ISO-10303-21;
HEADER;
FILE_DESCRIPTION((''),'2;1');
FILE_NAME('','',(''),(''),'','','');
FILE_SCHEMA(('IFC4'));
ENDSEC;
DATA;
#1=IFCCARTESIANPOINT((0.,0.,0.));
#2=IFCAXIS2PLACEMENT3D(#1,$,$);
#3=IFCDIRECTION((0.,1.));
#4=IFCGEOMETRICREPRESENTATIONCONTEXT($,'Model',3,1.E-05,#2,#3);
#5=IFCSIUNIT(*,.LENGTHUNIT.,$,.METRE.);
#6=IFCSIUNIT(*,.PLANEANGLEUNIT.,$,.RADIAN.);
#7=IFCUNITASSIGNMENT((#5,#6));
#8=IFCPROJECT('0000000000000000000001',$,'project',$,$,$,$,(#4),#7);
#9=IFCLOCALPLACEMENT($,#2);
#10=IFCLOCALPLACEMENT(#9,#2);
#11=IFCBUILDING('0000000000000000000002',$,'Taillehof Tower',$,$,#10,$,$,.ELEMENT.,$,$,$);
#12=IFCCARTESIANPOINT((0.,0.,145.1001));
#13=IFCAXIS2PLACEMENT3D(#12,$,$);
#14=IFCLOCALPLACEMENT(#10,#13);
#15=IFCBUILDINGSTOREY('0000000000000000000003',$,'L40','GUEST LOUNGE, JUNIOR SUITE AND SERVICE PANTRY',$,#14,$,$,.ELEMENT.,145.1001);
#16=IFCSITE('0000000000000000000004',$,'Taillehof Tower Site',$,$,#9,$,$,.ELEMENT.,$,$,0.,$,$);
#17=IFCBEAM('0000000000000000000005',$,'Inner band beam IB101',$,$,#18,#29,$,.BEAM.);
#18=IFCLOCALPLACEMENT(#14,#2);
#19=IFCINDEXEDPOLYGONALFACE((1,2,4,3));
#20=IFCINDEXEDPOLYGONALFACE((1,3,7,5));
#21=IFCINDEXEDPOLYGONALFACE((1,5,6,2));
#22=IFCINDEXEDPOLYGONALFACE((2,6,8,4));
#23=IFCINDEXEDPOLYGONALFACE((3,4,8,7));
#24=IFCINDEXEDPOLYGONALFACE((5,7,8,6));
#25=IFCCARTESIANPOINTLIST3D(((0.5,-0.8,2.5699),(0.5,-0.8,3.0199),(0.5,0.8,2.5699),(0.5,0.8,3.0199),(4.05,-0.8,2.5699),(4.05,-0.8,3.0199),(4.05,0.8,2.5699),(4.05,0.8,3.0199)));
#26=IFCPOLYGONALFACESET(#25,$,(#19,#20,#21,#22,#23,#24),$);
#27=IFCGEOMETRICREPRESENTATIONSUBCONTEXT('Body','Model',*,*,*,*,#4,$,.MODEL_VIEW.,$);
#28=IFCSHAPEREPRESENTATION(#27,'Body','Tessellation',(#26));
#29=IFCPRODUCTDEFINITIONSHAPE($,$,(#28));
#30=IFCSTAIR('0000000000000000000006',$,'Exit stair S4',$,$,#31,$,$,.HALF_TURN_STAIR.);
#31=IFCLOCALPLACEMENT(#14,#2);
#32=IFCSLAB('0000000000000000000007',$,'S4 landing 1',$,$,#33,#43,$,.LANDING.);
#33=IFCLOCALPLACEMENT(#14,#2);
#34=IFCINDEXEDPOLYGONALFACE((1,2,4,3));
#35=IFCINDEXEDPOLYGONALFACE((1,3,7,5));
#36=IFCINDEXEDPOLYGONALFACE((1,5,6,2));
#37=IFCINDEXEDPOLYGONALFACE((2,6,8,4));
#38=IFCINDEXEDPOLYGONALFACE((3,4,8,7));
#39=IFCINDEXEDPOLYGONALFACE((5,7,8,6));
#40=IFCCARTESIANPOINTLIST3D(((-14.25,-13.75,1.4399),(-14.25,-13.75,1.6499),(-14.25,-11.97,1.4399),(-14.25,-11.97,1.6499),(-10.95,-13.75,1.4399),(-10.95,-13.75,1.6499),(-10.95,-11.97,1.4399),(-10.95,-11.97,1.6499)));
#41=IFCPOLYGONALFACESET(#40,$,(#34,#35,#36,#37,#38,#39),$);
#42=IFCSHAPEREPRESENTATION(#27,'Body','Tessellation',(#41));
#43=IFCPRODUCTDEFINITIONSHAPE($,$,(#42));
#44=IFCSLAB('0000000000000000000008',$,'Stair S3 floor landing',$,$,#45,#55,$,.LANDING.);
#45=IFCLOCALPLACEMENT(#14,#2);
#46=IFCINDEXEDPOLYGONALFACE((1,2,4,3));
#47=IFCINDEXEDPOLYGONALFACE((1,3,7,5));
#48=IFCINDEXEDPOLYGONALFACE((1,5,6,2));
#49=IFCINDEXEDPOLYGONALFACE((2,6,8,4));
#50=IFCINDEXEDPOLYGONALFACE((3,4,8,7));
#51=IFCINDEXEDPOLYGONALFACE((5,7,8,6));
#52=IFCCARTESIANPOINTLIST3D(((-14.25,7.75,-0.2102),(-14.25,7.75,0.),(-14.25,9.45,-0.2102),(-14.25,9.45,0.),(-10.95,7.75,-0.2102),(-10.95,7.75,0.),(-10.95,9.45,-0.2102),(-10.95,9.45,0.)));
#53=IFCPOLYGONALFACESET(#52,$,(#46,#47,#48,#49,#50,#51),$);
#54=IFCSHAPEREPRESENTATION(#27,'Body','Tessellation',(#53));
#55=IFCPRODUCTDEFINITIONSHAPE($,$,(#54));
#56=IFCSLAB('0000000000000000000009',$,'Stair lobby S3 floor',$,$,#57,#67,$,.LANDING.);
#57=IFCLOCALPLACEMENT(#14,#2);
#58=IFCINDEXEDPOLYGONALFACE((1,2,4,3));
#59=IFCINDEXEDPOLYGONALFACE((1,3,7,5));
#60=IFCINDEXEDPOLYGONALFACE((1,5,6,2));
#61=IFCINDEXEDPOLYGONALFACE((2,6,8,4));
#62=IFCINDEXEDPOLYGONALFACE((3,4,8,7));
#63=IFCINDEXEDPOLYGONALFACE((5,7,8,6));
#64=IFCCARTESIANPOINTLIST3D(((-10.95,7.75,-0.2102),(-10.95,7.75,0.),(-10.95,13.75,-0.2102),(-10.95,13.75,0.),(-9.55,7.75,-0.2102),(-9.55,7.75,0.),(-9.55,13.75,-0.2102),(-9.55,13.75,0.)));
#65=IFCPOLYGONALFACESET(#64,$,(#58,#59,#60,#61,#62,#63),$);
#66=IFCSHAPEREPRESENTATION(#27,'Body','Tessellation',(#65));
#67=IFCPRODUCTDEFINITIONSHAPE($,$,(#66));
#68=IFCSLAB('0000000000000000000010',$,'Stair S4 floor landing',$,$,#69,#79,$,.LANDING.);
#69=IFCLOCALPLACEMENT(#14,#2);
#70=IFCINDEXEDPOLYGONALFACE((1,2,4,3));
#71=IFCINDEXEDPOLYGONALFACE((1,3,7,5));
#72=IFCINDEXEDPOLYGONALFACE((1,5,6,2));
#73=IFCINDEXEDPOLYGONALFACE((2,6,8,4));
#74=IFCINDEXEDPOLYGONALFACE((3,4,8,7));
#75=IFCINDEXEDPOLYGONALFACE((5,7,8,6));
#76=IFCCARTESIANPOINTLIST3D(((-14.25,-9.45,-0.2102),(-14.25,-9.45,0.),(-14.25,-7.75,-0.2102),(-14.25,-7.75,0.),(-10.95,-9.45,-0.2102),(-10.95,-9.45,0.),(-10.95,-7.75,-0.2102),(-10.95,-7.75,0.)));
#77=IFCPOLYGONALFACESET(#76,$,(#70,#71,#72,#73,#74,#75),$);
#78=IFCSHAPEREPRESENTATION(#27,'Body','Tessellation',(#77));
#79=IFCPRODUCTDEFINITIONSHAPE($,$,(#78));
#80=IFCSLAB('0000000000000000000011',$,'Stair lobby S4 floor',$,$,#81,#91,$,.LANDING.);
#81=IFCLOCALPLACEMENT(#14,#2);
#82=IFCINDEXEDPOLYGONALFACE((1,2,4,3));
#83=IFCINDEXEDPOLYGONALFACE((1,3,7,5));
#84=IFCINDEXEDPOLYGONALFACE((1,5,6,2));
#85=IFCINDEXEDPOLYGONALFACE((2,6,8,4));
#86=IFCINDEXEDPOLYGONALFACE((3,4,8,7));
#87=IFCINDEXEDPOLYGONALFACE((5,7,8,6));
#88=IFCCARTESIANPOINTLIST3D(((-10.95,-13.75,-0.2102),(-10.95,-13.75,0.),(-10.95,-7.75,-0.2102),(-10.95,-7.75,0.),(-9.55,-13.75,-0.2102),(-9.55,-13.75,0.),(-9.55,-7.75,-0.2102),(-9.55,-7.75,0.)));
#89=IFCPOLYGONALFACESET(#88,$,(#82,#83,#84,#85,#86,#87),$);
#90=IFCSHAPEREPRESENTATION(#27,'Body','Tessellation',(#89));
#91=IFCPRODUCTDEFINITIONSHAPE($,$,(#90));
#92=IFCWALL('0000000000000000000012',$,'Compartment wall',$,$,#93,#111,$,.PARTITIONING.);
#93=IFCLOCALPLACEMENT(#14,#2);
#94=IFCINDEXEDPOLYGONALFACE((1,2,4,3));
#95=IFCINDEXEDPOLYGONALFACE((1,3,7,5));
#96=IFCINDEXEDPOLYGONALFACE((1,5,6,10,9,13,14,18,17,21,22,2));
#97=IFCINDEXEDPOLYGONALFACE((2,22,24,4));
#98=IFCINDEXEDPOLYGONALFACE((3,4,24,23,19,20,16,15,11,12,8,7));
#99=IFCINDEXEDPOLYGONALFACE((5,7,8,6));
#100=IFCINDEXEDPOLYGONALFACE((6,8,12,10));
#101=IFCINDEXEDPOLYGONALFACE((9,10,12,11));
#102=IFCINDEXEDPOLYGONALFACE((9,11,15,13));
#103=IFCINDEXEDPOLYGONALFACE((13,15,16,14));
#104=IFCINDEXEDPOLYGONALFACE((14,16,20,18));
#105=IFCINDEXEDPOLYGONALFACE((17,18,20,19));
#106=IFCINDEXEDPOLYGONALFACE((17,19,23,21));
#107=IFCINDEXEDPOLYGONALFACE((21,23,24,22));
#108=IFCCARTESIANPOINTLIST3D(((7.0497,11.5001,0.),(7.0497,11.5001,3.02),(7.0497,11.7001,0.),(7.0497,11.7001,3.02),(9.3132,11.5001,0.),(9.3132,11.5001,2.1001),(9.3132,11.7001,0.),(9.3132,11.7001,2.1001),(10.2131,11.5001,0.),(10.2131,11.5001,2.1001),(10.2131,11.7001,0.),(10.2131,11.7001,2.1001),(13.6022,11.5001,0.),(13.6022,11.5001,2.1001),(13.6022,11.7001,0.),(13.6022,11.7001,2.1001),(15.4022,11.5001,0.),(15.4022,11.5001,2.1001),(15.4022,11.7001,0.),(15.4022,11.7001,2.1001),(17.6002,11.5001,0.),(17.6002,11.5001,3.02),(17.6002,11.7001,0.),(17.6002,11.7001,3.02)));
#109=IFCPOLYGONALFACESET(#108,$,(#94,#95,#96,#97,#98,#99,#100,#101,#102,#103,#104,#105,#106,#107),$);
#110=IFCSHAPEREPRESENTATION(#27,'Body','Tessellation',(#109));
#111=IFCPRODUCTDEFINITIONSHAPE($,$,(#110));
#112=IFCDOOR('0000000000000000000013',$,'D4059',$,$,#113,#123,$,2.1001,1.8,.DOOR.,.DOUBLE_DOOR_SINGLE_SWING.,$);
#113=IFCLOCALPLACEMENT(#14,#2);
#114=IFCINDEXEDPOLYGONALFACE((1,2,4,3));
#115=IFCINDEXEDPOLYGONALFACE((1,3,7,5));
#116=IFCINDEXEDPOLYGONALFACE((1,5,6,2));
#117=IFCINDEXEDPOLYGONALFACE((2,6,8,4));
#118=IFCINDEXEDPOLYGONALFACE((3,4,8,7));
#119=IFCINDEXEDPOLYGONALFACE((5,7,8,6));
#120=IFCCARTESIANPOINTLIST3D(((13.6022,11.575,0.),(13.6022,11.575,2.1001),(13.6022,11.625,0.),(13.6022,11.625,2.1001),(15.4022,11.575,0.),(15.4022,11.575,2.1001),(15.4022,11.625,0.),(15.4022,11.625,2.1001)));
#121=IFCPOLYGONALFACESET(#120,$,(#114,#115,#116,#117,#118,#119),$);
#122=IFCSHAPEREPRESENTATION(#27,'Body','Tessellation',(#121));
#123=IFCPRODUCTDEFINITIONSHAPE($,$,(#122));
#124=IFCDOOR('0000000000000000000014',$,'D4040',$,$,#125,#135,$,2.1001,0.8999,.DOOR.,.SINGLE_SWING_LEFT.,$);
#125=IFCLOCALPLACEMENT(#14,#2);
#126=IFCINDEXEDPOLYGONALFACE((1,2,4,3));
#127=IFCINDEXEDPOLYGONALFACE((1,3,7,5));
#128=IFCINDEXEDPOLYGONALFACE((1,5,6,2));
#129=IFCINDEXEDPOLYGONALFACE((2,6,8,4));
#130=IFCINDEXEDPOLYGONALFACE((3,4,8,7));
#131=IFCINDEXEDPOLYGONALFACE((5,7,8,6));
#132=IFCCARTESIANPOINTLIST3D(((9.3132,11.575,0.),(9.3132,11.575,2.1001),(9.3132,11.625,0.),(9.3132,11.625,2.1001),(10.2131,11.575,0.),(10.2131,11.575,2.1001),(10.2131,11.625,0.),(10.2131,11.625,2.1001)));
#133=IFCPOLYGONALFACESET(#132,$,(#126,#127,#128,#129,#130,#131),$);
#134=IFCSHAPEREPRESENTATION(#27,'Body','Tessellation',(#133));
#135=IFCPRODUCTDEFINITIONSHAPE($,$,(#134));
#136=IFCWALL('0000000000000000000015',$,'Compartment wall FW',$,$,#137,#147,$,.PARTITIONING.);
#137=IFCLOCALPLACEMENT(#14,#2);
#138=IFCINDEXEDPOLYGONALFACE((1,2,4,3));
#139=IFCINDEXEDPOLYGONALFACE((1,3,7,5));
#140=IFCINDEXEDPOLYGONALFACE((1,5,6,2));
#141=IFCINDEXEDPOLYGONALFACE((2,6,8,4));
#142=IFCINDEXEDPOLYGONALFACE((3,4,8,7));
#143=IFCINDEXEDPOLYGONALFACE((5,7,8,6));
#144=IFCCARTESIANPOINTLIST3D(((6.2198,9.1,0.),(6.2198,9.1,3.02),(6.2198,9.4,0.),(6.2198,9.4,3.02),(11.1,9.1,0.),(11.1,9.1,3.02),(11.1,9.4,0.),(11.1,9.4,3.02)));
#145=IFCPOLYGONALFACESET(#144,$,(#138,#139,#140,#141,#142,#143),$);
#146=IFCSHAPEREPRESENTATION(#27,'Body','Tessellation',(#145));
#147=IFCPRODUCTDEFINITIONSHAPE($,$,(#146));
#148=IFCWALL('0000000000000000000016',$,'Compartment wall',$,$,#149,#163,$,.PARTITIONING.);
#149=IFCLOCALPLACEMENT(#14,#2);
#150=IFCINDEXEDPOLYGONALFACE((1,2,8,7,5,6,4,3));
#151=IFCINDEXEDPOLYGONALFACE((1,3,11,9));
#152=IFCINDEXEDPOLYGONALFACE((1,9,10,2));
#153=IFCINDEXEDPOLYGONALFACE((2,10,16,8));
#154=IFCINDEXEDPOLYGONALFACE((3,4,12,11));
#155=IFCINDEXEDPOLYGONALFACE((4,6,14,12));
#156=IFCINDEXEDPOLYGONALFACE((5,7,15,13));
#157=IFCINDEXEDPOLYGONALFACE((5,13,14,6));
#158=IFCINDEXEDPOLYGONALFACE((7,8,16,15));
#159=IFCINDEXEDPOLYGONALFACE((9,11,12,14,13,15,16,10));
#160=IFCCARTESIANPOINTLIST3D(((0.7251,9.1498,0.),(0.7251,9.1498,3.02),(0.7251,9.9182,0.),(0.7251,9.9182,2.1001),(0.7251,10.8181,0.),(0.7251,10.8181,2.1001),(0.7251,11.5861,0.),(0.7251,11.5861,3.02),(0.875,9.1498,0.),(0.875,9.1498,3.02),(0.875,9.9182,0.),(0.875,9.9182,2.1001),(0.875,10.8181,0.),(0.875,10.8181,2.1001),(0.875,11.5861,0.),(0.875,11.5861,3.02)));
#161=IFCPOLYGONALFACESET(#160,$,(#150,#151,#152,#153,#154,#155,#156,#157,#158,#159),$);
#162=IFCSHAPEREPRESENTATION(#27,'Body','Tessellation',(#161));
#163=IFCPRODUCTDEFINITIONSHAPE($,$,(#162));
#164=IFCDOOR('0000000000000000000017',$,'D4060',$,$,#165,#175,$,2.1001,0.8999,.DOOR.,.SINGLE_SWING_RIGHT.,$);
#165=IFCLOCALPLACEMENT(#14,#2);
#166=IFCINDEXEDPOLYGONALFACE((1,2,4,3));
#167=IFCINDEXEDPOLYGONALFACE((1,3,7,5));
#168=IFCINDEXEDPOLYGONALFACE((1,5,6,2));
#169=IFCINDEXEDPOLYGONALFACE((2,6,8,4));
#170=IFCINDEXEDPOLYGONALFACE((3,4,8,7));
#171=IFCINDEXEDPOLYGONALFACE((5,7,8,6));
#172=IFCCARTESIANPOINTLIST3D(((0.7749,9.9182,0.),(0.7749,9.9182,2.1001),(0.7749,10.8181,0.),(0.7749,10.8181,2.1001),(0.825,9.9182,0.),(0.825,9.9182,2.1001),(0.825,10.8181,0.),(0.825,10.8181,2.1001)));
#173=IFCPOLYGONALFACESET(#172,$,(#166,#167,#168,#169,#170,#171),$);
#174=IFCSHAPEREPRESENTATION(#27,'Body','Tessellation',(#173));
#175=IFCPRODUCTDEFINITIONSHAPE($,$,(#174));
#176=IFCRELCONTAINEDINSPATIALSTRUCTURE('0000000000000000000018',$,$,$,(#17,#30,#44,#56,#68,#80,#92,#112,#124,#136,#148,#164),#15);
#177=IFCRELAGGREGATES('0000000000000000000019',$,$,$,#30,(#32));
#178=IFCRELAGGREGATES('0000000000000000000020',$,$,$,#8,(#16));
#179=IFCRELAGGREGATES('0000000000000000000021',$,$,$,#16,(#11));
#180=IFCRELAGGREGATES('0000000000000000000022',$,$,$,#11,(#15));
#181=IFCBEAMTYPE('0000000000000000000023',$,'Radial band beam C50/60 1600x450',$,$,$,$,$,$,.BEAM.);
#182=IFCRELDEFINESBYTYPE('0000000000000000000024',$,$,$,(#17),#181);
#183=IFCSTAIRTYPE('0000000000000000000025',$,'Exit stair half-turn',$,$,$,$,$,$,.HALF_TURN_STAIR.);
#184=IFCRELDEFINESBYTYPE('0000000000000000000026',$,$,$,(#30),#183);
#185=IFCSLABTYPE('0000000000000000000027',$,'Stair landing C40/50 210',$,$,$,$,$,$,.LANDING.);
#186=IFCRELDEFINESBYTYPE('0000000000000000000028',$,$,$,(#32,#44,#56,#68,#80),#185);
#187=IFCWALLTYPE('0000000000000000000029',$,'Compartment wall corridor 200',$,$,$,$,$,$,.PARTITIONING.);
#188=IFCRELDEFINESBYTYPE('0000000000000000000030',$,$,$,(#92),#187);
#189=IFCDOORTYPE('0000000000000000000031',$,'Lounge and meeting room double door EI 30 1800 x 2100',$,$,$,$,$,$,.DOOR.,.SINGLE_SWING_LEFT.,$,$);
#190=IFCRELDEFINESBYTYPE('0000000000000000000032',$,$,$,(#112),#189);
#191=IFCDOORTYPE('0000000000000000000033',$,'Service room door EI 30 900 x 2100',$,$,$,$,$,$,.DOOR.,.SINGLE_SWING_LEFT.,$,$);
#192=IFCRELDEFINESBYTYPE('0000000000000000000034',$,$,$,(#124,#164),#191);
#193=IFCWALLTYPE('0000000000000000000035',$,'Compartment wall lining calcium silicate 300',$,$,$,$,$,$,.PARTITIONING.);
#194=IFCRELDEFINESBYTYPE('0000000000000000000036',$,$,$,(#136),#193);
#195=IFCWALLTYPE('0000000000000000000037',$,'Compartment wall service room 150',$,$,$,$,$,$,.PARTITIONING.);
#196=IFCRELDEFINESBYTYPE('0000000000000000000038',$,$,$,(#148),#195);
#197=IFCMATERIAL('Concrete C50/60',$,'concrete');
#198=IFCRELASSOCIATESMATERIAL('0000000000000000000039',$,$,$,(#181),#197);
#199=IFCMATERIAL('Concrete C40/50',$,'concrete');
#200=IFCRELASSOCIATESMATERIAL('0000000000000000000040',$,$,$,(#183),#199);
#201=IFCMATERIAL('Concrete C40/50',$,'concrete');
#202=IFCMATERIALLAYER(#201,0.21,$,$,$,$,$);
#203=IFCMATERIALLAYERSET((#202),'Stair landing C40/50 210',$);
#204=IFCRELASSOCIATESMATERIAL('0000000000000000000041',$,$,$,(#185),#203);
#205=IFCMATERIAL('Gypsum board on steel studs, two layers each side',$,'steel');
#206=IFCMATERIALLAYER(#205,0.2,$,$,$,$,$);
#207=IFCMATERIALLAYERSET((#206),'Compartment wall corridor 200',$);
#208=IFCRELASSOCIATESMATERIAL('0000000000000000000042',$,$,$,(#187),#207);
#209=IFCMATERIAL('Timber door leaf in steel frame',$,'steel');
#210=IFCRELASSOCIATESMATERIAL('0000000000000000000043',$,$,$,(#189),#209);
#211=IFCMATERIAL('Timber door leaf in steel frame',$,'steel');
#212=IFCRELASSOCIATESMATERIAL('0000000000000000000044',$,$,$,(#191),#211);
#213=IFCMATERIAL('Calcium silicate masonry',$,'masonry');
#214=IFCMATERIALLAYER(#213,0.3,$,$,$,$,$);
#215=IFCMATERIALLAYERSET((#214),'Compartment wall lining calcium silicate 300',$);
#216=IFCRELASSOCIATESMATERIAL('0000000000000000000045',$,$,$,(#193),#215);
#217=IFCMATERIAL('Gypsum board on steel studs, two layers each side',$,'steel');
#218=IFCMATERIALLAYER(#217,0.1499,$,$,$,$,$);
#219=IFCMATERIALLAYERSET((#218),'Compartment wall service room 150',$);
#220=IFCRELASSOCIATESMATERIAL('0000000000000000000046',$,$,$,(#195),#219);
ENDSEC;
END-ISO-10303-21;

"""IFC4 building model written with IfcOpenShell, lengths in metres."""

from ifc_helpers import new_model, si_unit, direction, frame, frame_2d, origin, origin_2d, place, context, subcontext, project, spatial, polyline, rectangle, outline, extrude, material, layer, layer_set, material_profile, profile_set, type_object, element, fill, aggregate, save


model = new_model("IFC4")

# Units and contexts
model_context = context("Model", 3, precision=1e-05, world=origin(), true_north=direction((0.0, 1.0)))
body_context = subcontext(model_context, "Body", "Model", "MODEL_VIEW")
ifc_project = project(units=[si_unit("LENGTHUNIT", "METRE"), si_unit("PLANEANGLEUNIT", "RADIAN")], contexts=[model_context])

# Site, building, storey
site_placement = place(None, origin())
site = spatial("IfcSite", under=ifc_project, at=site_placement, Name="Taillehof Tower Site", CompositionType="ELEMENT", RefElevation=0.0)
building_placement = place(site_placement, origin())
building = spatial("IfcBuilding", under=site, at=building_placement, Name="Taillehof Tower", CompositionType="ELEMENT")
storey_placement = place(building_placement, frame((0.0, 0.0, 145.1001)))
storey = spatial("IfcBuildingStorey", under=building, at=storey_placement, Name="L40", Description="GUEST LOUNGE, JUNIOR SUITE AND SERVICE PANTRY", CompositionType="ELEMENT", Elevation=145.1001)

# Beam
ifc_material_1 = material(Name="Concrete C50/60", Category="concrete")
ifc_material_profile = material_profile(ifc_material_1, rectangle(XDim=1.6001, YDim=0.45, at=origin_2d()), Name="RC 1600x450")
ifc_profile_set = profile_set([ifc_material_profile], Name="Concrete C50/60")
beam_type = type_object("IfcBeamType", Name="Radial band beam C50/60 1600x450", PredefinedType="BEAM", material=ifc_profile_set)
beam_placement = place(storey_placement, frame((0.5, 0.0, 2.7949), z_axis=(1.0, 0.0, 0.0), x_axis=(0.0, 1.0, 0.0)))
element("IfcBeam", 1, at=beam_placement, inside=storey, type_object=beam_type, Name="Inner band beam IB101", PredefinedType="BEAM", context=body_context, shape_type="SweptSolid", body=[
    extrude(rectangle(XDim=1.6001, YDim=0.45, at=origin_2d()), origin(), (0.0, 0.0, 1.0), 3.55),
])

# Stair, slab
ifc_material_2 = material(Name="Concrete C40/50", Category="concrete")
stair_type = type_object("IfcStairType", Name="Exit stair half-turn", PredefinedType="HALF_TURN_STAIR", material=ifc_material_2)
stair_1_placement = place(storey_placement, origin())
stair_1 = element("IfcStair", 2, at=stair_1_placement, inside=storey, type_object=stair_type, Name="Exit stair S4", PredefinedType="HALF_TURN_STAIR")
ifc_material_3 = material(Name="Concrete C40/50", Category="concrete")
ifc_layer_1 = layer(ifc_material_3, 0.21)
ifc_layer_set_1 = layer_set([ifc_layer_1], Name="Stair landing C40/50 210")
slab_type = type_object("IfcSlabType", Name="Stair landing C40/50 210", PredefinedType="LANDING", material=ifc_layer_set_1)
slab_1_placement = place(storey_placement, frame((0.0, 0.0, 1.4399)))
slab_1 = element("IfcSlab", 3, at=slab_1_placement, type_object=slab_type, Name="S4 landing 1", PredefinedType="LANDING", context=body_context, shape_type="SweptSolid", body=[
    extrude(outline(polyline([(-14.25, -11.97), (-14.25, -13.75), (-10.95, -13.75), (-10.95, -11.97), (-14.25, -11.97)])), origin(), (0.0, 0.0, 1.0), 0.21),
])
aggregate(stair_1, [slab_1])

# Slabs
slab_2_placement = place(storey_placement, frame((0.0, 0.0, -0.2102)))
element("IfcSlab", 4, at=slab_2_placement, inside=storey, type_object=slab_type, Name="Stair S3 floor landing", PredefinedType="LANDING", context=body_context, shape_type="SweptSolid", body=[
    extrude(outline(polyline([(-14.25, 7.75), (-14.25, 9.45), (-10.95, 9.45), (-10.95, 7.75), (-14.25, 7.75)])), origin(), (0.0, 0.0, 1.0), 0.2102),
])
slab_3_placement = place(storey_placement, frame((0.0, 0.0, -0.2102)))
element("IfcSlab", 5, at=slab_3_placement, inside=storey, type_object=slab_type, Name="Stair lobby S3 floor", PredefinedType="LANDING", context=body_context, shape_type="SweptSolid", body=[
    extrude(outline(polyline([(-10.95, 7.75), (-9.55, 7.75), (-9.55, 13.75), (-10.95, 13.75), (-10.95, 7.75)])), origin(), (0.0, 0.0, 1.0), 0.2102),
])
slab_4_placement = place(storey_placement, frame((0.0, 0.0, -0.2102)))
element("IfcSlab", 6, at=slab_4_placement, inside=storey, type_object=slab_type, Name="Stair S4 floor landing", PredefinedType="LANDING", context=body_context, shape_type="SweptSolid", body=[
    extrude(outline(polyline([(-14.25, -7.75), (-14.25, -9.45), (-10.95, -9.45), (-10.95, -7.75), (-14.25, -7.75)])), origin(), (0.0, 0.0, 1.0), 0.2102),
])
slab_5_placement = place(storey_placement, frame((0.0, 0.0, -0.2102)))
element("IfcSlab", 7, at=slab_5_placement, inside=storey, type_object=slab_type, Name="Stair lobby S4 floor", PredefinedType="LANDING", context=body_context, shape_type="SweptSolid", body=[
    extrude(outline(polyline([(-10.95, -13.75), (-9.55, -13.75), (-9.55, -7.75), (-10.95, -7.75), (-10.95, -13.75)])), origin(), (0.0, 0.0, 1.0), 0.2102),
])

# Wall, openings, doors
ifc_material_4 = material(Name="Gypsum board on steel studs, two layers each side", Category="steel")
ifc_layer_2 = layer(ifc_material_4, 0.2)
ifc_layer_set_2 = layer_set([ifc_layer_2], Name="Compartment wall corridor 200")
wall_type_1 = type_object("IfcWallType", Name="Compartment wall corridor 200", PredefinedType="PARTITIONING", material=ifc_layer_set_2)
wall_1_placement = place(storey_placement, frame((7.0496, 11.6001, 0.0), z_axis=(0.0, 0.0, 1.0), x_axis=(1.0, 0.0, 0.0)))
wall_1 = element("IfcWall", 8, at=wall_1_placement, inside=storey, type_object=wall_type_1, Name="Compartment wall", PredefinedType="PARTITIONING", context=body_context, shape_type="SweptSolid", body=[
    extrude(rectangle(XDim=10.5505, YDim=0.2, at=frame_2d((5.2754, 0.0))), origin(), (0.0, 0.0, 1.0), 3.02),
])
opening_1_placement = place(wall_1_placement, frame((2.2637, 0.0, 0.0)))
opening_1 = element("IfcOpeningElement", 9, at=opening_1_placement, cuts=wall_1, PredefinedType="OPENING", context=body_context, shape_type="SweptSolid", body=[
    extrude(rectangle(XDim=0.8999, YDim=2.1001, at=frame_2d((0.45, 1.05))), frame((0.0, 0.1099, 0.0), z_axis=(0.0, -1.0, 0.0), x_axis=(1.0, 0.0, 0.0)), (0.0, 0.0, 1.0), 0.22),
])
opening_2_placement = place(wall_1_placement, frame((6.5527, 0.0, 0.0)))
opening_2 = element("IfcOpeningElement", 10, at=opening_2_placement, cuts=wall_1, PredefinedType="OPENING", context=body_context, shape_type="SweptSolid", body=[
    extrude(rectangle(XDim=1.8, YDim=2.1001, at=frame_2d((0.8999, 1.05))), frame((0.0, 0.1099, 0.0), z_axis=(0.0, -1.0, 0.0), x_axis=(1.0, 0.0, 0.0)), (0.0, 0.0, 1.0), 0.22),
])
ifc_material_5 = material(Name="Timber door leaf in steel frame", Category="steel")
door_type_1 = type_object("IfcDoorType", Name="Lounge and meeting room double door EI 30 1800 x 2100", OperationType="SINGLE_SWING_LEFT", PredefinedType="DOOR", material=ifc_material_5)
door_1_placement = place(opening_2_placement, origin())
door_1 = element("IfcDoor", 11, at=door_1_placement, inside=storey, type_object=door_type_1, Name="D4059", OperationType="DOUBLE_DOOR_SINGLE_SWING", OverallHeight=2.1001, OverallWidth=1.8, PredefinedType="DOOR", context=body_context, shape_type="SweptSolid", body=[
    extrude(rectangle(XDim=1.8, YDim=2.1001, at=frame_2d((0.8999, 1.05))), frame((0.0, 0.0249, 0.0), z_axis=(0.0, -1.0, 0.0), x_axis=(1.0, 0.0, 0.0)), (0.0, 0.0, 1.0), 0.05),
])
fill(opening_2, door_1)
ifc_material_6 = material(Name="Timber door leaf in steel frame", Category="steel")
door_type_2 = type_object("IfcDoorType", Name="Service room door EI 30 900 x 2100", OperationType="SINGLE_SWING_LEFT", PredefinedType="DOOR", material=ifc_material_6)
door_2_placement = place(opening_1_placement, origin())
door_2 = element("IfcDoor", 12, at=door_2_placement, inside=storey, type_object=door_type_2, Name="D4040", OperationType="SINGLE_SWING_LEFT", OverallHeight=2.1001, OverallWidth=0.8999, PredefinedType="DOOR", context=body_context, shape_type="SweptSolid", body=[
    extrude(rectangle(XDim=0.8999, YDim=2.1001, at=frame_2d((0.45, 1.05))), frame((0.0, 0.0249, 0.0), z_axis=(0.0, -1.0, 0.0), x_axis=(1.0, 0.0, 0.0)), (0.0, 0.0, 1.0), 0.05),
])
fill(opening_1, door_2)

# Wall
ifc_material_7 = material(Name="Calcium silicate masonry", Category="masonry")
ifc_layer_3 = layer(ifc_material_7, 0.3)
ifc_layer_set_3 = layer_set([ifc_layer_3], Name="Compartment wall lining calcium silicate 300")
wall_type_2 = type_object("IfcWallType", Name="Compartment wall lining calcium silicate 300", PredefinedType="PARTITIONING", material=ifc_layer_set_3)
wall_2_placement = place(storey_placement, frame((6.22, 9.25, 0.0), z_axis=(0.0, 0.0, 1.0), x_axis=(1.0, 0.0, 0.0)))
element("IfcWall", 13, at=wall_2_placement, inside=storey, type_object=wall_type_2, Name="Compartment wall FW", PredefinedType="PARTITIONING", context=body_context, shape_type="SweptSolid", body=[
    extrude(rectangle(XDim=4.8801, YDim=0.3, at=frame_2d((2.4399, 0.0))), origin(), (0.0, 0.0, 1.0), 3.02),
])

# Wall, opening, door
ifc_material_8 = material(Name="Gypsum board on steel studs, two layers each side", Category="steel")
ifc_layer_4 = layer(ifc_material_8, 0.1499)
ifc_layer_set_4 = layer_set([ifc_layer_4], Name="Compartment wall service room 150")
wall_type_3 = type_object("IfcWallType", Name="Compartment wall service room 150", PredefinedType="PARTITIONING", material=ifc_layer_set_4)
wall_3_placement = place(storey_placement, frame((0.8, 11.5862, 0.0), z_axis=(0.0, 0.0, 1.0), x_axis=(0.0, -1.0, 0.0)))
wall_3 = element("IfcWall", 14, at=wall_3_placement, inside=storey, type_object=wall_type_3, Name="Compartment wall", PredefinedType="PARTITIONING", context=body_context, shape_type="SweptSolid", body=[
    extrude(rectangle(XDim=2.4363, YDim=0.1499, at=frame_2d((1.2183, 0.0))), origin(), (0.0, 0.0, 1.0), 3.02),
])
opening_3_placement = place(wall_3_placement, frame((0.7681, 0.0, 0.0)))
opening_3 = element("IfcOpeningElement", 15, at=opening_3_placement, cuts=wall_3, PredefinedType="OPENING", context=body_context, shape_type="SweptSolid", body=[
    extrude(rectangle(XDim=0.8999, YDim=2.1001, at=frame_2d((0.45, 1.05))), frame((0.0, 0.085, 0.0), z_axis=(0.0, -1.0, 0.0), x_axis=(1.0, 0.0, 0.0)), (0.0, 0.0, 1.0), 0.1699),
])
door_3_placement = place(opening_3_placement, origin())
door_3 = element("IfcDoor", 16, at=door_3_placement, inside=storey, type_object=door_type_2, Name="D4060", OperationType="SINGLE_SWING_RIGHT", OverallHeight=2.1001, OverallWidth=0.8999, PredefinedType="DOOR", context=body_context, shape_type="SweptSolid", body=[
    extrude(rectangle(XDim=0.8999, YDim=2.1001, at=frame_2d((0.45, 1.05))), frame((0.0, 0.0249, 0.0), z_axis=(0.0, -1.0, 0.0), x_axis=(1.0, 0.0, 0.0)), (0.0, 0.0, 1.0), 0.05),
])
fill(opening_3, door_3)

save(model, "model.ifc")
